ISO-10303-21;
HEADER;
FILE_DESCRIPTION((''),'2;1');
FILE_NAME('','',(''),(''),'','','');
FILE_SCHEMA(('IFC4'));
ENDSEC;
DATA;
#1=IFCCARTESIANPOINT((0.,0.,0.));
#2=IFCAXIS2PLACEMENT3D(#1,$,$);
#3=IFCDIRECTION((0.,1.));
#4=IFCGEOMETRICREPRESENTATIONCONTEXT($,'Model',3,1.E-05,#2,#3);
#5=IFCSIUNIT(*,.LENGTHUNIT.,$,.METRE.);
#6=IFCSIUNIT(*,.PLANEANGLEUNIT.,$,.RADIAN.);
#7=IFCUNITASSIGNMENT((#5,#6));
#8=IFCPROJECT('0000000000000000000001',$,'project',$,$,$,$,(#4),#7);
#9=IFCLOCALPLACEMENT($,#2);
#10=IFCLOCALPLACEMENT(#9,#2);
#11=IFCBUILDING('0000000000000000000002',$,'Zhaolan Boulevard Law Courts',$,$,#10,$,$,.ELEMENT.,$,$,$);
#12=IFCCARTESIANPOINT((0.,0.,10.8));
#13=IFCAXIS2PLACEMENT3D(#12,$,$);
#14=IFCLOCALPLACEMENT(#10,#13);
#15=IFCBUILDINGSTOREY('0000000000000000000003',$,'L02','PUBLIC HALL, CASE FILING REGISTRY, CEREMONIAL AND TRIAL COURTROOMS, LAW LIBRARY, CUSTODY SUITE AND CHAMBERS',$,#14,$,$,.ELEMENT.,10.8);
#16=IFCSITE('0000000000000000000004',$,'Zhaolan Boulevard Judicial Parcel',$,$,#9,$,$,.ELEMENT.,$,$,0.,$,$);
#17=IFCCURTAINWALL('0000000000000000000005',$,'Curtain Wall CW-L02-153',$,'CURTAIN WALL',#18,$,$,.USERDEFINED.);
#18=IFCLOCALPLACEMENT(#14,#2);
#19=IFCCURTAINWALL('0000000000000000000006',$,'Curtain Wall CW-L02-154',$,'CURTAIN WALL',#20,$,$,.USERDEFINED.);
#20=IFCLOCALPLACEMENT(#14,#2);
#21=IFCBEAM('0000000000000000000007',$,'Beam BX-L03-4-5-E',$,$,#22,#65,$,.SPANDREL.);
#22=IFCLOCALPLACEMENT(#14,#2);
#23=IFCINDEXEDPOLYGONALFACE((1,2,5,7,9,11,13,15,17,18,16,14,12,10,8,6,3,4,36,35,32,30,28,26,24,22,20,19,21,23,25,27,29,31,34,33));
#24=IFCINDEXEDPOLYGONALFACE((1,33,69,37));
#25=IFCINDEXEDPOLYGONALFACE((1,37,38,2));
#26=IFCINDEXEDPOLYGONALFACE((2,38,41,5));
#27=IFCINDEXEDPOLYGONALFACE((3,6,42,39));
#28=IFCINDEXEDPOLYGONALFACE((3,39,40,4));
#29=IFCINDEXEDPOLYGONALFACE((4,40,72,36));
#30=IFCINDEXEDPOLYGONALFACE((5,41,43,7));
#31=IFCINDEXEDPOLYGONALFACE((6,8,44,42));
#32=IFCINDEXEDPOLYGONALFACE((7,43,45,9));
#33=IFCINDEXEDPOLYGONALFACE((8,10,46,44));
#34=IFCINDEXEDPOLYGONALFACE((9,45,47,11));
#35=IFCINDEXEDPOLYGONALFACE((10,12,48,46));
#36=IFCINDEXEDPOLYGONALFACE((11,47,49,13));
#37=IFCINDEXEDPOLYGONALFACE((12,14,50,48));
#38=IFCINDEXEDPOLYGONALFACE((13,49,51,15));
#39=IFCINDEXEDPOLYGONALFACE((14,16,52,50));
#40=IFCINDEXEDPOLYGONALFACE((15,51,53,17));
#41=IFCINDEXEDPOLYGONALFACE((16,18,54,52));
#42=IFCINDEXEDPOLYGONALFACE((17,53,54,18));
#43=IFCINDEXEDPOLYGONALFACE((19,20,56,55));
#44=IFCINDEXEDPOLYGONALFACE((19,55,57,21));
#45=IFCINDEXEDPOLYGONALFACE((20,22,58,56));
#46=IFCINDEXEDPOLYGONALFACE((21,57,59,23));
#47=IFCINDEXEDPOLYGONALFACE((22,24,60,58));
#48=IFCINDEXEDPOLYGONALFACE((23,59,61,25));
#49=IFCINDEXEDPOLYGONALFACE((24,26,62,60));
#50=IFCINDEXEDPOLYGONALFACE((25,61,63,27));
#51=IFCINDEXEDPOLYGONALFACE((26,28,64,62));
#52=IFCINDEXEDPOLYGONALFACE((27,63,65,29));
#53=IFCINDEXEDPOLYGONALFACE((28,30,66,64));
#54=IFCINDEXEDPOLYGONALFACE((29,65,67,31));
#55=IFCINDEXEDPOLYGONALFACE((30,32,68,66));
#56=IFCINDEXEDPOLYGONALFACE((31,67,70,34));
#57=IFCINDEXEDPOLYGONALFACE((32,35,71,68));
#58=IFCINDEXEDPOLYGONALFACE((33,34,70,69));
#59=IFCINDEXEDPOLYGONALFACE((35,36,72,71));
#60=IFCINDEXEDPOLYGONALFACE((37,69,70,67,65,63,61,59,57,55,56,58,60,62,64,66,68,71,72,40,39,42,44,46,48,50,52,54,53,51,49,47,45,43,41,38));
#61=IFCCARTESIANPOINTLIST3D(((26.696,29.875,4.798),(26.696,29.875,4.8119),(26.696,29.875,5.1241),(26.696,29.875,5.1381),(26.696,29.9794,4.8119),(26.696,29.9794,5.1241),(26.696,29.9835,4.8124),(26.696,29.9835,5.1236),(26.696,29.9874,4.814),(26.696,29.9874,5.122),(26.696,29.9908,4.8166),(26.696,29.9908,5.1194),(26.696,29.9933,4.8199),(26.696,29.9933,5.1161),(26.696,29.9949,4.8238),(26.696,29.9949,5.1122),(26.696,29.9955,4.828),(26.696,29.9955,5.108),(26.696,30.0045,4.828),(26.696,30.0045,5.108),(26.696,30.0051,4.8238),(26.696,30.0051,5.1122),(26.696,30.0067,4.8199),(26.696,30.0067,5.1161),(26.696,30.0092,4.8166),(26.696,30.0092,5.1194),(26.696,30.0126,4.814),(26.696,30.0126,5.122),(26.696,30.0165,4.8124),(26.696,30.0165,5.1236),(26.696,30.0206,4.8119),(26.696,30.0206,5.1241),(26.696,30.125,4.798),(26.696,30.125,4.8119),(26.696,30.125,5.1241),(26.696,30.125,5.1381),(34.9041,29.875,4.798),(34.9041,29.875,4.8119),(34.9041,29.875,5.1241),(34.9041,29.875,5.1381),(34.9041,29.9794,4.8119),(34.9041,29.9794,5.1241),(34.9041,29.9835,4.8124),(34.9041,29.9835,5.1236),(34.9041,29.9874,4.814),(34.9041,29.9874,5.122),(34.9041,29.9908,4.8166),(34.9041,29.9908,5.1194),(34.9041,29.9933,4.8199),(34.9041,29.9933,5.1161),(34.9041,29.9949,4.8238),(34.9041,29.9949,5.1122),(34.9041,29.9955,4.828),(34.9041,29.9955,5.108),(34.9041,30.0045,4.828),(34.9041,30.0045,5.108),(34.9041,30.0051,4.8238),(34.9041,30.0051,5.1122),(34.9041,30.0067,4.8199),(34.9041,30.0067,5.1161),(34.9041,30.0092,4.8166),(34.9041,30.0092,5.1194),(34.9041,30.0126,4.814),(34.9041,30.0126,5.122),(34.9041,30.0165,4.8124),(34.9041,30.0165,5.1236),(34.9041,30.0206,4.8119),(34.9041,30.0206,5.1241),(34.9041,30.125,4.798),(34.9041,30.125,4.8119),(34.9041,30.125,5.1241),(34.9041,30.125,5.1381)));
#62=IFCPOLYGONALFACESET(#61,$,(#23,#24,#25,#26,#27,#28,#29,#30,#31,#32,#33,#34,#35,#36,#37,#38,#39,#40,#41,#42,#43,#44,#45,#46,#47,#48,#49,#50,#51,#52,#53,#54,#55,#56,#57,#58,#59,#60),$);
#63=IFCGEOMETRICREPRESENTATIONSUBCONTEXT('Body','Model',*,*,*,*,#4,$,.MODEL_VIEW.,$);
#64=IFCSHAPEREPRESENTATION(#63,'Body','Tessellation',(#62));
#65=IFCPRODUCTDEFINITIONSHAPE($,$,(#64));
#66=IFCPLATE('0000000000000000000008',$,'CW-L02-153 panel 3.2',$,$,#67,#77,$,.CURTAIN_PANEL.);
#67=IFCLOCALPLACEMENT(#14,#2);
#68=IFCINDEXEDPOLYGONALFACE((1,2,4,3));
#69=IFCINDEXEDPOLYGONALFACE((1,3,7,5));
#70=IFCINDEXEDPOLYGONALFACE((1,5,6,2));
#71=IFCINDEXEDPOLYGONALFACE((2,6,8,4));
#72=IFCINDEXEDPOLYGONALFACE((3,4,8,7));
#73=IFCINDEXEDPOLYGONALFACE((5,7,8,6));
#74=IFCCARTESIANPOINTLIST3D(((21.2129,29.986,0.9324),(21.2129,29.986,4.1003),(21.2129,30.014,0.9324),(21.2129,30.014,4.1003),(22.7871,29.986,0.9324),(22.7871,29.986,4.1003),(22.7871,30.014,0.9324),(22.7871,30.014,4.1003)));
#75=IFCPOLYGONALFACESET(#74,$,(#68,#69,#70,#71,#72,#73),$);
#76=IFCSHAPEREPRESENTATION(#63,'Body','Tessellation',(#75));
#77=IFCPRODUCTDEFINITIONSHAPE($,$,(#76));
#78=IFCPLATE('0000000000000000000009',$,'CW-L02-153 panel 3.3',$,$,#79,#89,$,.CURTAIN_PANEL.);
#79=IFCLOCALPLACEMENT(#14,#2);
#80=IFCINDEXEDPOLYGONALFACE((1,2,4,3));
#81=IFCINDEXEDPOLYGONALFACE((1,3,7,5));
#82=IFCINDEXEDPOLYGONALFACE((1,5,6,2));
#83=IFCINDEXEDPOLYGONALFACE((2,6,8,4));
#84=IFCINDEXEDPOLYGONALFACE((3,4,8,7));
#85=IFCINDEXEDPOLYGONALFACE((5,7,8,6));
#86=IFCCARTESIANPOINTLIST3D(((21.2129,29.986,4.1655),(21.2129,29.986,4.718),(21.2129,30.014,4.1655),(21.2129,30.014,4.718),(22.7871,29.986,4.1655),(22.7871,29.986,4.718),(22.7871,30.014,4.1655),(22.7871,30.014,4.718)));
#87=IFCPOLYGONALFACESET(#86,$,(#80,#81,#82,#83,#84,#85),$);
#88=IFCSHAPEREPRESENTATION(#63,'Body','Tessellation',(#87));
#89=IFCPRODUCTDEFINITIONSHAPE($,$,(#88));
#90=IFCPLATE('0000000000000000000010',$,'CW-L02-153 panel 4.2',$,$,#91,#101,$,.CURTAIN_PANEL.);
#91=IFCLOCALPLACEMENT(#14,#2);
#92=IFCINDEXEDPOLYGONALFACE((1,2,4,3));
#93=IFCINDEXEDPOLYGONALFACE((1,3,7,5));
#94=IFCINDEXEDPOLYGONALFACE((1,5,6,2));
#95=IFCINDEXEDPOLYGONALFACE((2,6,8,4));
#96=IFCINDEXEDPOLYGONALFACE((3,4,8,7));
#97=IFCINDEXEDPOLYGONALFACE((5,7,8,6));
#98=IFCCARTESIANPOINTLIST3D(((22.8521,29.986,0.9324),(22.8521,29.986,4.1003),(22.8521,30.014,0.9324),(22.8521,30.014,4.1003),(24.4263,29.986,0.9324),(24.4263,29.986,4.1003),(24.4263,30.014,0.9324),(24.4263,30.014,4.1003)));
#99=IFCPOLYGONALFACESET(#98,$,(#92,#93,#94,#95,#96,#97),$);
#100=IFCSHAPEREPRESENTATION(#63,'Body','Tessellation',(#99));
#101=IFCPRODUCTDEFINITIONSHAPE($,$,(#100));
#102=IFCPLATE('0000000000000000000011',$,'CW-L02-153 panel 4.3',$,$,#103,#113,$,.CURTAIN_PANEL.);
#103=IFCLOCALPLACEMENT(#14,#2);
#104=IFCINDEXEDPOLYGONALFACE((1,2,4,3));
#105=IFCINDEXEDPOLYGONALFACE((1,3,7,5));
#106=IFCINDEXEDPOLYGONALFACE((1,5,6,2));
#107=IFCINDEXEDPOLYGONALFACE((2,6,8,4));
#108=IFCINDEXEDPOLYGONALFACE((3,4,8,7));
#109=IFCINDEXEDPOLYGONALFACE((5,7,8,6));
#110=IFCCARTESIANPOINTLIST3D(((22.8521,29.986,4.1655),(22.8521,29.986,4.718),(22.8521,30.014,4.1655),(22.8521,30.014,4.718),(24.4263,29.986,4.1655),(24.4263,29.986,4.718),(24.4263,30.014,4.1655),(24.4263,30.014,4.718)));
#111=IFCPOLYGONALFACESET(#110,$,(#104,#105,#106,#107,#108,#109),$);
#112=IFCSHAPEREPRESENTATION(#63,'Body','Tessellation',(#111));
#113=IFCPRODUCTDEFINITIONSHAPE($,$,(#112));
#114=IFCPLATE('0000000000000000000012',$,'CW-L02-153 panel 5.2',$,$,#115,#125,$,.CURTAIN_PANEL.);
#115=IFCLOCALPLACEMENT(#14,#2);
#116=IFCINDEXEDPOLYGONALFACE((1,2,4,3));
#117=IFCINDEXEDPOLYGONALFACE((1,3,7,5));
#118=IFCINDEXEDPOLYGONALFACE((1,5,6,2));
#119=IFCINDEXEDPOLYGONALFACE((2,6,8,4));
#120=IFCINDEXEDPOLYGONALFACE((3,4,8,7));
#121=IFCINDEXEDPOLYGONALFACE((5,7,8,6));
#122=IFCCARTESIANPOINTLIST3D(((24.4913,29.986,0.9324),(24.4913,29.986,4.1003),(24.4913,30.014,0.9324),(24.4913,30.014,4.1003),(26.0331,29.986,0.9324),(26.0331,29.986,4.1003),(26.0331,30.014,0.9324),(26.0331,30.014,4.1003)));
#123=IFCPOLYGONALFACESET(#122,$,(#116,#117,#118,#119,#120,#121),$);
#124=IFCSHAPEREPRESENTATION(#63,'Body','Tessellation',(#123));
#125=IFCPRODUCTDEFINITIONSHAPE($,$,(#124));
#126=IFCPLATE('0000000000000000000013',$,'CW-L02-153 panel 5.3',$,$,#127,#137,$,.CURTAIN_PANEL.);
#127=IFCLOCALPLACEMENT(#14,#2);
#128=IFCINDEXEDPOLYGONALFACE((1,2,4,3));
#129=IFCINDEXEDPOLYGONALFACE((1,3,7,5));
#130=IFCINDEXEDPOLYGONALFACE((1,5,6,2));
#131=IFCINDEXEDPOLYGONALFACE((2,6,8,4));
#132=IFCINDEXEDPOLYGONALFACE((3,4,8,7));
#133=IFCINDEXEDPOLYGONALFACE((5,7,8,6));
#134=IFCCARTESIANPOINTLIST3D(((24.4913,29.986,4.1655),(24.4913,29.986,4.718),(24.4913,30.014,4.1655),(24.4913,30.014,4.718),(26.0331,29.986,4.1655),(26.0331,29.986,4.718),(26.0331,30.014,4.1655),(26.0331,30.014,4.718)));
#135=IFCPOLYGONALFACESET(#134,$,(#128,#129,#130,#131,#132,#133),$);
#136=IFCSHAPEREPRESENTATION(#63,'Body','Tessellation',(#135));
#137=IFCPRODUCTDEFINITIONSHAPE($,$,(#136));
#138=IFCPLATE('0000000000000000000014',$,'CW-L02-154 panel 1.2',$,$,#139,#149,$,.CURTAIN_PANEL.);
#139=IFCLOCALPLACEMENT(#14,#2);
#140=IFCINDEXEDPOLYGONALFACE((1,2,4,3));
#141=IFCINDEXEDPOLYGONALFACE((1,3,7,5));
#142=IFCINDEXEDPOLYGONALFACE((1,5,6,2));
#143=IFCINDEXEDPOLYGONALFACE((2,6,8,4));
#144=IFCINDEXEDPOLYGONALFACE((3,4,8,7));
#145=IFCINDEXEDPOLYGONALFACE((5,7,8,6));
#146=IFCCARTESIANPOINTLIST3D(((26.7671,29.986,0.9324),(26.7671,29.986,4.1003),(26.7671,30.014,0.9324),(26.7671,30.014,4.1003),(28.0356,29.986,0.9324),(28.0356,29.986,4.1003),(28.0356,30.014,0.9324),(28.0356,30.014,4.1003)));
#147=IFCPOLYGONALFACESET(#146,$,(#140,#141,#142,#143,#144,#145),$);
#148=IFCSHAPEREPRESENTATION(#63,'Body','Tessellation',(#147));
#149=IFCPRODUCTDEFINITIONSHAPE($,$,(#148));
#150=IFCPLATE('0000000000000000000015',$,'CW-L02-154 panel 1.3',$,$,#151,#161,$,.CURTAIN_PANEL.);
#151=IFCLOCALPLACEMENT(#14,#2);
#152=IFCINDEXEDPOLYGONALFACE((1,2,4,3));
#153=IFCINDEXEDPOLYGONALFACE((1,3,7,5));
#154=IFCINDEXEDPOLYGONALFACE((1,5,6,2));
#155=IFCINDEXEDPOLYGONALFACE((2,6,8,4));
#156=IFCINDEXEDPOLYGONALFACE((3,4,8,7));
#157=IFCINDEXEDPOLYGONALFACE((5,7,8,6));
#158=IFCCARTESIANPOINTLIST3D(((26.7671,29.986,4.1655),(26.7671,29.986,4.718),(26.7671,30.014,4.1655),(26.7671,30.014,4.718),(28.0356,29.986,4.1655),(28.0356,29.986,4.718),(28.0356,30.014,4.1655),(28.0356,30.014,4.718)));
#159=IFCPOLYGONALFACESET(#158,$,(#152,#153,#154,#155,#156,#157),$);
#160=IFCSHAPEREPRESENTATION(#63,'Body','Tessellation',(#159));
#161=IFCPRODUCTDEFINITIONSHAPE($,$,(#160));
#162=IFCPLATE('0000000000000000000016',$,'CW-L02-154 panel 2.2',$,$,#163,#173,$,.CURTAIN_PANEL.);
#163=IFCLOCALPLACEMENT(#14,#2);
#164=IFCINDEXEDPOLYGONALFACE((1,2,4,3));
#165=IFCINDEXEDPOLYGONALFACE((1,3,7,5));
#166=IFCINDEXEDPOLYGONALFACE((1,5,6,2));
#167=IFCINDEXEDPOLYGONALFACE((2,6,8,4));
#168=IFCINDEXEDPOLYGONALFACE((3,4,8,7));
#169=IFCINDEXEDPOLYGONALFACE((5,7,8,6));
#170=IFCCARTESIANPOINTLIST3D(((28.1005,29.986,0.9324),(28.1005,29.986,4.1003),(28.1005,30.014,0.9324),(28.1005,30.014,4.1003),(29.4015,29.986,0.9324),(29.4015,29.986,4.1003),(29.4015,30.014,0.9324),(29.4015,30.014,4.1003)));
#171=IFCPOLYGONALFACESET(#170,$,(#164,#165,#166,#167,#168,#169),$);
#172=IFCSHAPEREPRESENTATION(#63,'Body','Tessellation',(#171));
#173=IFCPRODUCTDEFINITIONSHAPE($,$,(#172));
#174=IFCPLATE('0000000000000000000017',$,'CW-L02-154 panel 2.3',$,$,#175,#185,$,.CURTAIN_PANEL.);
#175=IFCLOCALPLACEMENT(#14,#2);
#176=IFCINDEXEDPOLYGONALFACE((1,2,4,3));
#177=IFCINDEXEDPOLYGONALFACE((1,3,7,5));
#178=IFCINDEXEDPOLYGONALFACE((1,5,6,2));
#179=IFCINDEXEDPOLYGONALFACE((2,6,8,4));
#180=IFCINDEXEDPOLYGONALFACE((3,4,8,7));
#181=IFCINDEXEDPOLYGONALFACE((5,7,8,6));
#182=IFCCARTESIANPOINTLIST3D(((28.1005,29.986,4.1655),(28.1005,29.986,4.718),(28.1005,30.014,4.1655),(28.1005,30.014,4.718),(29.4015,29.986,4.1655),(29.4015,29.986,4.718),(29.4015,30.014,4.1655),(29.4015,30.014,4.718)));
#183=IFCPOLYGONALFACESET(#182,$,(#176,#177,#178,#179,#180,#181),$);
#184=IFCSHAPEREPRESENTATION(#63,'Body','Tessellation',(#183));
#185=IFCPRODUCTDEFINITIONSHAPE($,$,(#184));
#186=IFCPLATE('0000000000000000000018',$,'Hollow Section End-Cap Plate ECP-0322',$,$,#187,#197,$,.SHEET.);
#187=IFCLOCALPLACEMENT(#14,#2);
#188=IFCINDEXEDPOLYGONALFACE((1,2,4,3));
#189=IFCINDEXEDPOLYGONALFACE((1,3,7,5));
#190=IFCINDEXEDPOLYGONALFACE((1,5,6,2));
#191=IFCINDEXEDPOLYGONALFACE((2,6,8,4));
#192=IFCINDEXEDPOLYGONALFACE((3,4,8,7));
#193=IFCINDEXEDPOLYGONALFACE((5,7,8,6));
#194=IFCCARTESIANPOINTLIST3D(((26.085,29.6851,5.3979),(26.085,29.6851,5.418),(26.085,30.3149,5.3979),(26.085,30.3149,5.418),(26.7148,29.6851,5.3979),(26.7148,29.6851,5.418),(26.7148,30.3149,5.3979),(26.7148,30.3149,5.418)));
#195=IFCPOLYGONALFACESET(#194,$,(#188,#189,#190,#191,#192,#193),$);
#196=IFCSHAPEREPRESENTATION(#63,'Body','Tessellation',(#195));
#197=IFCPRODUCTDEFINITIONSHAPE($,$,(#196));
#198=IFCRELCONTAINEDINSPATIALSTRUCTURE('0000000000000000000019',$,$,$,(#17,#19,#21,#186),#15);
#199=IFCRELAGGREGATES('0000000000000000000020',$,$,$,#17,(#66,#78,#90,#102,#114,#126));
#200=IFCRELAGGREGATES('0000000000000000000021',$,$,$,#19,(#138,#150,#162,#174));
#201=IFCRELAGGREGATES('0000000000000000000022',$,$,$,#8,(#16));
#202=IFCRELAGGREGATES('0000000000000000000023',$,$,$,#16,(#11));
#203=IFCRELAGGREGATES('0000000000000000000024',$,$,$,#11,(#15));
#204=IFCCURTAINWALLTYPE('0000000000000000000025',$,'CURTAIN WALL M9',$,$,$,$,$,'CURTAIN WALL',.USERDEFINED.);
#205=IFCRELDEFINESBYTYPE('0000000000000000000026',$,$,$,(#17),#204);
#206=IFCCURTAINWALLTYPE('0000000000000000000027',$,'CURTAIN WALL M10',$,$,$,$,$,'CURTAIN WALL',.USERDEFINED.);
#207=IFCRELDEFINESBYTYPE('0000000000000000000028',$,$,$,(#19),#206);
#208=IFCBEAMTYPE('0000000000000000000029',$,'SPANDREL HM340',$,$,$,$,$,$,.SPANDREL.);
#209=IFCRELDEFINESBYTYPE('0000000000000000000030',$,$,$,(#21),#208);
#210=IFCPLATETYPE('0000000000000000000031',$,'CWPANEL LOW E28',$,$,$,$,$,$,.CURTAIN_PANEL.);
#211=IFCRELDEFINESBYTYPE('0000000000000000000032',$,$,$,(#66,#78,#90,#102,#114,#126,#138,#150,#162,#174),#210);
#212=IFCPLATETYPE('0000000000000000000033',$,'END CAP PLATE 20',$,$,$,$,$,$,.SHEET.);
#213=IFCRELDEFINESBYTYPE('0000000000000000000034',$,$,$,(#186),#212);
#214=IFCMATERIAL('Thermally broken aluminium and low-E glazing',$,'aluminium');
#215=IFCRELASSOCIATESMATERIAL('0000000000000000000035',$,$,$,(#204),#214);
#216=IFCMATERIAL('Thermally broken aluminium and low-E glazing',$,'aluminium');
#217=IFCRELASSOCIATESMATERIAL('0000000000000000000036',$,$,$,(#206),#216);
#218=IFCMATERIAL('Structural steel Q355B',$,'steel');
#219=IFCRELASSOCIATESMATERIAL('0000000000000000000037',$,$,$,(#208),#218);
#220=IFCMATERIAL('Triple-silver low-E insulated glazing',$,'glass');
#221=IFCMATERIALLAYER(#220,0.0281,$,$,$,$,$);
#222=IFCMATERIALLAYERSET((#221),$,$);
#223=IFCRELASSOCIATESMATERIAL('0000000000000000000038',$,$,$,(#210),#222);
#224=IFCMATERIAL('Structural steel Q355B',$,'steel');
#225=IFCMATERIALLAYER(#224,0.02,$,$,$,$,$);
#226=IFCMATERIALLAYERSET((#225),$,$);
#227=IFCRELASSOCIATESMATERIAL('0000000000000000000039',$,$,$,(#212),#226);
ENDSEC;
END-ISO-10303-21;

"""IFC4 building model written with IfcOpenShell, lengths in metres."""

from ifc_helpers import new_model, si_unit, direction, frame, origin, origin_2d, place, context, subcontext, project, spatial, rectangle, i_section, extrude, material, layer, layer_set, material_profile, profile_set, type_object, element, aggregate, save


model = new_model("IFC4")

# Units and contexts
model_context = context("Model", 3, precision=1e-05, world=origin(), true_north=direction((0.0, 1.0)))
body_context = subcontext(model_context, "Body", "Model", "MODEL_VIEW")
ifc_project = project(units=[si_unit("LENGTHUNIT", "METRE"), si_unit("PLANEANGLEUNIT", "RADIAN")], contexts=[model_context])

# Site, building, storey
site_placement = place(None, origin())
site = spatial("IfcSite", under=ifc_project, at=site_placement, Name="Zhaolan Boulevard Judicial Parcel", CompositionType="ELEMENT", RefElevation=0.0)
building_placement = place(site_placement, origin())
building = spatial("IfcBuilding", under=site, at=building_placement, Name="Zhaolan Boulevard Law Courts", CompositionType="ELEMENT")
storey_placement = place(building_placement, frame((0.0, 0.0, 10.8)))
storey = spatial("IfcBuildingStorey", under=building, at=storey_placement, Name="L02", Description="PUBLIC HALL, CASE FILING REGISTRY, CEREMONIAL AND TRIAL COURTROOMS, LAW LIBRARY, CUSTODY SUITE AND CHAMBERS", CompositionType="ELEMENT", Elevation=10.8)

# Curtain walls
ifc_material_1 = material(Name="Thermally broken aluminium and low-E glazing", Category="aluminium")
curtain_wall_type_1 = type_object("IfcCurtainWallType", Name="CURTAIN WALL M9", ElementType="CURTAIN WALL", PredefinedType="USERDEFINED", material=ifc_material_1)
curtain_wall_1_placement = place(storey_placement, origin())
curtain_wall_1 = element("IfcCurtainWall", 1, at=curtain_wall_1_placement, inside=storey, type_object=curtain_wall_type_1, Name="Curtain Wall CW-L02-153", ObjectType="CURTAIN WALL", PredefinedType="USERDEFINED")
ifc_material_2 = material(Name="Thermally broken aluminium and low-E glazing", Category="aluminium")
curtain_wall_type_2 = type_object("IfcCurtainWallType", Name="CURTAIN WALL M10", ElementType="CURTAIN WALL", PredefinedType="USERDEFINED", material=ifc_material_2)
curtain_wall_2_placement = place(storey_placement, origin())
curtain_wall_2 = element("IfcCurtainWall", 2, at=curtain_wall_2_placement, inside=storey, type_object=curtain_wall_type_2, Name="Curtain Wall CW-L02-154", ObjectType="CURTAIN WALL", PredefinedType="USERDEFINED")

# Beam
ifc_material_3 = material(Name="Structural steel Q355B", Category="steel")
ifc_material_profile_1 = material_profile(ifc_material_3, i_section(OverallWidth=0.25, OverallDepth=0.3401, WebThickness=0.009, FlangeThickness=0.0139, FilletRadius=0.0161, at=origin_2d()), Name="HM340x250")
ifc_profile_set_1 = profile_set([ifc_material_profile_1], Name="Structural steel Q355B")
beam_type_1 = type_object("IfcBeamType", Name="SPANDREL HM340", PredefinedType="SPANDREL", material=ifc_profile_set_1)
beam_1_placement = place(storey_placement, frame((26.696, 30.0, 4.968), z_axis=(1.0, 0.0, 0.0), x_axis=(0.0, 1.0, 0.0)))
element("IfcBeam", 3, at=beam_1_placement, inside=storey, type_object=beam_type_1, Name="Beam BX-L03-4-5-E", PredefinedType="SPANDREL", context=body_context, shape_type="SweptSolid", body=[
    extrude(i_section(OverallWidth=0.25, OverallDepth=0.3401, WebThickness=0.009, FlangeThickness=0.0139, FilletRadius=0.0161, at=origin_2d()), origin(), (0.0, 0.0, 1.0), 8.208),
])

# Plates
ifc_material_4 = material(Name="Triple-silver low-E insulated glazing", Category="glass")
ifc_layer_1 = layer(ifc_material_4, 0.0281)
ifc_layer_set_1 = layer_set([ifc_layer_1])
plate_type_1 = type_object("IfcPlateType", Name="CWPANEL LOW E28", PredefinedType="CURTAIN_PANEL", material=ifc_layer_set_1)
plate_1_placement = place(storey_placement, frame((22.0, 30.0, 0.9324), z_axis=(0.0, 0.0, 1.0), x_axis=(1.0, 0.0, 0.0)))
plate_1 = element("IfcPlate", 4, at=plate_1_placement, type_object=plate_type_1, Name="CW-L02-153 panel 3.2", PredefinedType="CURTAIN_PANEL", context=body_context, shape_type="SweptSolid", body=[
    extrude(rectangle(XDim=1.5742, YDim=0.0281, at=origin_2d()), origin(), (0.0, 0.0, 1.0), 3.168),
])
plate_2_placement = place(storey_placement, frame((22.0, 30.0, 4.1655), z_axis=(0.0, 0.0, 1.0), x_axis=(1.0, 0.0, 0.0)))
plate_2 = element("IfcPlate", 5, at=plate_2_placement, type_object=plate_type_1, Name="CW-L02-153 panel 3.3", PredefinedType="CURTAIN_PANEL", context=body_context, shape_type="SweptSolid", body=[
    extrude(rectangle(XDim=1.5742, YDim=0.0281, at=origin_2d()), origin(), (0.0, 0.0, 1.0), 0.5525),
])
plate_3_placement = place(storey_placement, frame((23.6392, 30.0, 0.9324), z_axis=(0.0, 0.0, 1.0), x_axis=(1.0, 0.0, 0.0)))
plate_3 = element("IfcPlate", 6, at=plate_3_placement, type_object=plate_type_1, Name="CW-L02-153 panel 4.2", PredefinedType="CURTAIN_PANEL", context=body_context, shape_type="SweptSolid", body=[
    extrude(rectangle(XDim=1.5742, YDim=0.0281, at=origin_2d()), origin(), (0.0, 0.0, 1.0), 3.168),
])
plate_4_placement = place(storey_placement, frame((23.6392, 30.0, 4.1655), z_axis=(0.0, 0.0, 1.0), x_axis=(1.0, 0.0, 0.0)))
plate_4 = element("IfcPlate", 7, at=plate_4_placement, type_object=plate_type_1, Name="CW-L02-153 panel 4.3", PredefinedType="CURTAIN_PANEL", context=body_context, shape_type="SweptSolid", body=[
    extrude(rectangle(XDim=1.5742, YDim=0.0281, at=origin_2d()), origin(), (0.0, 0.0, 1.0), 0.5525),
])
plate_5_placement = place(storey_placement, frame((25.2622, 30.0, 0.9324), z_axis=(0.0, 0.0, 1.0), x_axis=(1.0, 0.0, 0.0)))
plate_5 = element("IfcPlate", 8, at=plate_5_placement, type_object=plate_type_1, Name="CW-L02-153 panel 5.2", PredefinedType="CURTAIN_PANEL", context=body_context, shape_type="SweptSolid", body=[
    extrude(rectangle(XDim=1.5417, YDim=0.0281, at=origin_2d()), origin(), (0.0, 0.0, 1.0), 3.168),
])
plate_6_placement = place(storey_placement, frame((25.2622, 30.0, 4.1655), z_axis=(0.0, 0.0, 1.0), x_axis=(1.0, 0.0, 0.0)))
plate_6 = element("IfcPlate", 9, at=plate_6_placement, type_object=plate_type_1, Name="CW-L02-153 panel 5.3", PredefinedType="CURTAIN_PANEL", context=body_context, shape_type="SweptSolid", body=[
    extrude(rectangle(XDim=1.5417, YDim=0.0281, at=origin_2d()), origin(), (0.0, 0.0, 1.0), 0.5525),
])
aggregate(curtain_wall_1, [plate_1, plate_2, plate_3, plate_4, plate_5, plate_6])
plate_7_placement = place(storey_placement, frame((27.4014, 30.0, 0.9324), z_axis=(0.0, 0.0, 1.0), x_axis=(1.0, 0.0, 0.0)))
plate_7 = element("IfcPlate", 10, at=plate_7_placement, type_object=plate_type_1, Name="CW-L02-154 panel 1.2", PredefinedType="CURTAIN_PANEL", context=body_context, shape_type="SweptSolid", body=[
    extrude(rectangle(XDim=1.2686, YDim=0.0281, at=origin_2d()), origin(), (0.0, 0.0, 1.0), 3.168),
])
plate_8_placement = place(storey_placement, frame((27.4014, 30.0, 4.1655), z_axis=(0.0, 0.0, 1.0), x_axis=(1.0, 0.0, 0.0)))
plate_8 = element("IfcPlate", 11, at=plate_8_placement, type_object=plate_type_1, Name="CW-L02-154 panel 1.3", PredefinedType="CURTAIN_PANEL", context=body_context, shape_type="SweptSolid", body=[
    extrude(rectangle(XDim=1.2686, YDim=0.0281, at=origin_2d()), origin(), (0.0, 0.0, 1.0), 0.5525),
])
plate_9_placement = place(storey_placement, frame((28.751, 30.0, 0.9324), z_axis=(0.0, 0.0, 1.0), x_axis=(1.0, 0.0, 0.0)))
plate_9 = element("IfcPlate", 12, at=plate_9_placement, type_object=plate_type_1, Name="CW-L02-154 panel 2.2", PredefinedType="CURTAIN_PANEL", context=body_context, shape_type="SweptSolid", body=[
    extrude(rectangle(XDim=1.301, YDim=0.0281, at=origin_2d()), origin(), (0.0, 0.0, 1.0), 3.168),
])
plate_10_placement = place(storey_placement, frame((28.751, 30.0, 4.1655), z_axis=(0.0, 0.0, 1.0), x_axis=(1.0, 0.0, 0.0)))
plate_10 = element("IfcPlate", 13, at=plate_10_placement, type_object=plate_type_1, Name="CW-L02-154 panel 2.3", PredefinedType="CURTAIN_PANEL", context=body_context, shape_type="SweptSolid", body=[
    extrude(rectangle(XDim=1.301, YDim=0.0281, at=origin_2d()), origin(), (0.0, 0.0, 1.0), 0.5525),
])
aggregate(curtain_wall_2, [plate_7, plate_8, plate_9, plate_10])
ifc_material_5 = material(Name="Structural steel Q355B", Category="steel")
ifc_layer_2 = layer(ifc_material_5, 0.02)
ifc_layer_set_2 = layer_set([ifc_layer_2])
plate_type_2 = type_object("IfcPlateType", Name="END CAP PLATE 20", PredefinedType="SHEET", material=ifc_layer_set_2)
plate_11_placement = place(storey_placement, frame((26.3999, 30.0, 5.3979), z_axis=(0.0, 0.0, 1.0), x_axis=(1.0, 0.0, 0.0)))
element("IfcPlate", 14, at=plate_11_placement, inside=storey, type_object=plate_type_2, Name="Hollow Section End-Cap Plate ECP-0322", PredefinedType="SHEET", context=body_context, shape_type="SweptSolid", body=[
    extrude(rectangle(XDim=0.6299, YDim=0.6299, at=origin_2d()), origin(), (0.0, 0.0, 1.0), 0.02),
])

save(model, "model.ifc")
